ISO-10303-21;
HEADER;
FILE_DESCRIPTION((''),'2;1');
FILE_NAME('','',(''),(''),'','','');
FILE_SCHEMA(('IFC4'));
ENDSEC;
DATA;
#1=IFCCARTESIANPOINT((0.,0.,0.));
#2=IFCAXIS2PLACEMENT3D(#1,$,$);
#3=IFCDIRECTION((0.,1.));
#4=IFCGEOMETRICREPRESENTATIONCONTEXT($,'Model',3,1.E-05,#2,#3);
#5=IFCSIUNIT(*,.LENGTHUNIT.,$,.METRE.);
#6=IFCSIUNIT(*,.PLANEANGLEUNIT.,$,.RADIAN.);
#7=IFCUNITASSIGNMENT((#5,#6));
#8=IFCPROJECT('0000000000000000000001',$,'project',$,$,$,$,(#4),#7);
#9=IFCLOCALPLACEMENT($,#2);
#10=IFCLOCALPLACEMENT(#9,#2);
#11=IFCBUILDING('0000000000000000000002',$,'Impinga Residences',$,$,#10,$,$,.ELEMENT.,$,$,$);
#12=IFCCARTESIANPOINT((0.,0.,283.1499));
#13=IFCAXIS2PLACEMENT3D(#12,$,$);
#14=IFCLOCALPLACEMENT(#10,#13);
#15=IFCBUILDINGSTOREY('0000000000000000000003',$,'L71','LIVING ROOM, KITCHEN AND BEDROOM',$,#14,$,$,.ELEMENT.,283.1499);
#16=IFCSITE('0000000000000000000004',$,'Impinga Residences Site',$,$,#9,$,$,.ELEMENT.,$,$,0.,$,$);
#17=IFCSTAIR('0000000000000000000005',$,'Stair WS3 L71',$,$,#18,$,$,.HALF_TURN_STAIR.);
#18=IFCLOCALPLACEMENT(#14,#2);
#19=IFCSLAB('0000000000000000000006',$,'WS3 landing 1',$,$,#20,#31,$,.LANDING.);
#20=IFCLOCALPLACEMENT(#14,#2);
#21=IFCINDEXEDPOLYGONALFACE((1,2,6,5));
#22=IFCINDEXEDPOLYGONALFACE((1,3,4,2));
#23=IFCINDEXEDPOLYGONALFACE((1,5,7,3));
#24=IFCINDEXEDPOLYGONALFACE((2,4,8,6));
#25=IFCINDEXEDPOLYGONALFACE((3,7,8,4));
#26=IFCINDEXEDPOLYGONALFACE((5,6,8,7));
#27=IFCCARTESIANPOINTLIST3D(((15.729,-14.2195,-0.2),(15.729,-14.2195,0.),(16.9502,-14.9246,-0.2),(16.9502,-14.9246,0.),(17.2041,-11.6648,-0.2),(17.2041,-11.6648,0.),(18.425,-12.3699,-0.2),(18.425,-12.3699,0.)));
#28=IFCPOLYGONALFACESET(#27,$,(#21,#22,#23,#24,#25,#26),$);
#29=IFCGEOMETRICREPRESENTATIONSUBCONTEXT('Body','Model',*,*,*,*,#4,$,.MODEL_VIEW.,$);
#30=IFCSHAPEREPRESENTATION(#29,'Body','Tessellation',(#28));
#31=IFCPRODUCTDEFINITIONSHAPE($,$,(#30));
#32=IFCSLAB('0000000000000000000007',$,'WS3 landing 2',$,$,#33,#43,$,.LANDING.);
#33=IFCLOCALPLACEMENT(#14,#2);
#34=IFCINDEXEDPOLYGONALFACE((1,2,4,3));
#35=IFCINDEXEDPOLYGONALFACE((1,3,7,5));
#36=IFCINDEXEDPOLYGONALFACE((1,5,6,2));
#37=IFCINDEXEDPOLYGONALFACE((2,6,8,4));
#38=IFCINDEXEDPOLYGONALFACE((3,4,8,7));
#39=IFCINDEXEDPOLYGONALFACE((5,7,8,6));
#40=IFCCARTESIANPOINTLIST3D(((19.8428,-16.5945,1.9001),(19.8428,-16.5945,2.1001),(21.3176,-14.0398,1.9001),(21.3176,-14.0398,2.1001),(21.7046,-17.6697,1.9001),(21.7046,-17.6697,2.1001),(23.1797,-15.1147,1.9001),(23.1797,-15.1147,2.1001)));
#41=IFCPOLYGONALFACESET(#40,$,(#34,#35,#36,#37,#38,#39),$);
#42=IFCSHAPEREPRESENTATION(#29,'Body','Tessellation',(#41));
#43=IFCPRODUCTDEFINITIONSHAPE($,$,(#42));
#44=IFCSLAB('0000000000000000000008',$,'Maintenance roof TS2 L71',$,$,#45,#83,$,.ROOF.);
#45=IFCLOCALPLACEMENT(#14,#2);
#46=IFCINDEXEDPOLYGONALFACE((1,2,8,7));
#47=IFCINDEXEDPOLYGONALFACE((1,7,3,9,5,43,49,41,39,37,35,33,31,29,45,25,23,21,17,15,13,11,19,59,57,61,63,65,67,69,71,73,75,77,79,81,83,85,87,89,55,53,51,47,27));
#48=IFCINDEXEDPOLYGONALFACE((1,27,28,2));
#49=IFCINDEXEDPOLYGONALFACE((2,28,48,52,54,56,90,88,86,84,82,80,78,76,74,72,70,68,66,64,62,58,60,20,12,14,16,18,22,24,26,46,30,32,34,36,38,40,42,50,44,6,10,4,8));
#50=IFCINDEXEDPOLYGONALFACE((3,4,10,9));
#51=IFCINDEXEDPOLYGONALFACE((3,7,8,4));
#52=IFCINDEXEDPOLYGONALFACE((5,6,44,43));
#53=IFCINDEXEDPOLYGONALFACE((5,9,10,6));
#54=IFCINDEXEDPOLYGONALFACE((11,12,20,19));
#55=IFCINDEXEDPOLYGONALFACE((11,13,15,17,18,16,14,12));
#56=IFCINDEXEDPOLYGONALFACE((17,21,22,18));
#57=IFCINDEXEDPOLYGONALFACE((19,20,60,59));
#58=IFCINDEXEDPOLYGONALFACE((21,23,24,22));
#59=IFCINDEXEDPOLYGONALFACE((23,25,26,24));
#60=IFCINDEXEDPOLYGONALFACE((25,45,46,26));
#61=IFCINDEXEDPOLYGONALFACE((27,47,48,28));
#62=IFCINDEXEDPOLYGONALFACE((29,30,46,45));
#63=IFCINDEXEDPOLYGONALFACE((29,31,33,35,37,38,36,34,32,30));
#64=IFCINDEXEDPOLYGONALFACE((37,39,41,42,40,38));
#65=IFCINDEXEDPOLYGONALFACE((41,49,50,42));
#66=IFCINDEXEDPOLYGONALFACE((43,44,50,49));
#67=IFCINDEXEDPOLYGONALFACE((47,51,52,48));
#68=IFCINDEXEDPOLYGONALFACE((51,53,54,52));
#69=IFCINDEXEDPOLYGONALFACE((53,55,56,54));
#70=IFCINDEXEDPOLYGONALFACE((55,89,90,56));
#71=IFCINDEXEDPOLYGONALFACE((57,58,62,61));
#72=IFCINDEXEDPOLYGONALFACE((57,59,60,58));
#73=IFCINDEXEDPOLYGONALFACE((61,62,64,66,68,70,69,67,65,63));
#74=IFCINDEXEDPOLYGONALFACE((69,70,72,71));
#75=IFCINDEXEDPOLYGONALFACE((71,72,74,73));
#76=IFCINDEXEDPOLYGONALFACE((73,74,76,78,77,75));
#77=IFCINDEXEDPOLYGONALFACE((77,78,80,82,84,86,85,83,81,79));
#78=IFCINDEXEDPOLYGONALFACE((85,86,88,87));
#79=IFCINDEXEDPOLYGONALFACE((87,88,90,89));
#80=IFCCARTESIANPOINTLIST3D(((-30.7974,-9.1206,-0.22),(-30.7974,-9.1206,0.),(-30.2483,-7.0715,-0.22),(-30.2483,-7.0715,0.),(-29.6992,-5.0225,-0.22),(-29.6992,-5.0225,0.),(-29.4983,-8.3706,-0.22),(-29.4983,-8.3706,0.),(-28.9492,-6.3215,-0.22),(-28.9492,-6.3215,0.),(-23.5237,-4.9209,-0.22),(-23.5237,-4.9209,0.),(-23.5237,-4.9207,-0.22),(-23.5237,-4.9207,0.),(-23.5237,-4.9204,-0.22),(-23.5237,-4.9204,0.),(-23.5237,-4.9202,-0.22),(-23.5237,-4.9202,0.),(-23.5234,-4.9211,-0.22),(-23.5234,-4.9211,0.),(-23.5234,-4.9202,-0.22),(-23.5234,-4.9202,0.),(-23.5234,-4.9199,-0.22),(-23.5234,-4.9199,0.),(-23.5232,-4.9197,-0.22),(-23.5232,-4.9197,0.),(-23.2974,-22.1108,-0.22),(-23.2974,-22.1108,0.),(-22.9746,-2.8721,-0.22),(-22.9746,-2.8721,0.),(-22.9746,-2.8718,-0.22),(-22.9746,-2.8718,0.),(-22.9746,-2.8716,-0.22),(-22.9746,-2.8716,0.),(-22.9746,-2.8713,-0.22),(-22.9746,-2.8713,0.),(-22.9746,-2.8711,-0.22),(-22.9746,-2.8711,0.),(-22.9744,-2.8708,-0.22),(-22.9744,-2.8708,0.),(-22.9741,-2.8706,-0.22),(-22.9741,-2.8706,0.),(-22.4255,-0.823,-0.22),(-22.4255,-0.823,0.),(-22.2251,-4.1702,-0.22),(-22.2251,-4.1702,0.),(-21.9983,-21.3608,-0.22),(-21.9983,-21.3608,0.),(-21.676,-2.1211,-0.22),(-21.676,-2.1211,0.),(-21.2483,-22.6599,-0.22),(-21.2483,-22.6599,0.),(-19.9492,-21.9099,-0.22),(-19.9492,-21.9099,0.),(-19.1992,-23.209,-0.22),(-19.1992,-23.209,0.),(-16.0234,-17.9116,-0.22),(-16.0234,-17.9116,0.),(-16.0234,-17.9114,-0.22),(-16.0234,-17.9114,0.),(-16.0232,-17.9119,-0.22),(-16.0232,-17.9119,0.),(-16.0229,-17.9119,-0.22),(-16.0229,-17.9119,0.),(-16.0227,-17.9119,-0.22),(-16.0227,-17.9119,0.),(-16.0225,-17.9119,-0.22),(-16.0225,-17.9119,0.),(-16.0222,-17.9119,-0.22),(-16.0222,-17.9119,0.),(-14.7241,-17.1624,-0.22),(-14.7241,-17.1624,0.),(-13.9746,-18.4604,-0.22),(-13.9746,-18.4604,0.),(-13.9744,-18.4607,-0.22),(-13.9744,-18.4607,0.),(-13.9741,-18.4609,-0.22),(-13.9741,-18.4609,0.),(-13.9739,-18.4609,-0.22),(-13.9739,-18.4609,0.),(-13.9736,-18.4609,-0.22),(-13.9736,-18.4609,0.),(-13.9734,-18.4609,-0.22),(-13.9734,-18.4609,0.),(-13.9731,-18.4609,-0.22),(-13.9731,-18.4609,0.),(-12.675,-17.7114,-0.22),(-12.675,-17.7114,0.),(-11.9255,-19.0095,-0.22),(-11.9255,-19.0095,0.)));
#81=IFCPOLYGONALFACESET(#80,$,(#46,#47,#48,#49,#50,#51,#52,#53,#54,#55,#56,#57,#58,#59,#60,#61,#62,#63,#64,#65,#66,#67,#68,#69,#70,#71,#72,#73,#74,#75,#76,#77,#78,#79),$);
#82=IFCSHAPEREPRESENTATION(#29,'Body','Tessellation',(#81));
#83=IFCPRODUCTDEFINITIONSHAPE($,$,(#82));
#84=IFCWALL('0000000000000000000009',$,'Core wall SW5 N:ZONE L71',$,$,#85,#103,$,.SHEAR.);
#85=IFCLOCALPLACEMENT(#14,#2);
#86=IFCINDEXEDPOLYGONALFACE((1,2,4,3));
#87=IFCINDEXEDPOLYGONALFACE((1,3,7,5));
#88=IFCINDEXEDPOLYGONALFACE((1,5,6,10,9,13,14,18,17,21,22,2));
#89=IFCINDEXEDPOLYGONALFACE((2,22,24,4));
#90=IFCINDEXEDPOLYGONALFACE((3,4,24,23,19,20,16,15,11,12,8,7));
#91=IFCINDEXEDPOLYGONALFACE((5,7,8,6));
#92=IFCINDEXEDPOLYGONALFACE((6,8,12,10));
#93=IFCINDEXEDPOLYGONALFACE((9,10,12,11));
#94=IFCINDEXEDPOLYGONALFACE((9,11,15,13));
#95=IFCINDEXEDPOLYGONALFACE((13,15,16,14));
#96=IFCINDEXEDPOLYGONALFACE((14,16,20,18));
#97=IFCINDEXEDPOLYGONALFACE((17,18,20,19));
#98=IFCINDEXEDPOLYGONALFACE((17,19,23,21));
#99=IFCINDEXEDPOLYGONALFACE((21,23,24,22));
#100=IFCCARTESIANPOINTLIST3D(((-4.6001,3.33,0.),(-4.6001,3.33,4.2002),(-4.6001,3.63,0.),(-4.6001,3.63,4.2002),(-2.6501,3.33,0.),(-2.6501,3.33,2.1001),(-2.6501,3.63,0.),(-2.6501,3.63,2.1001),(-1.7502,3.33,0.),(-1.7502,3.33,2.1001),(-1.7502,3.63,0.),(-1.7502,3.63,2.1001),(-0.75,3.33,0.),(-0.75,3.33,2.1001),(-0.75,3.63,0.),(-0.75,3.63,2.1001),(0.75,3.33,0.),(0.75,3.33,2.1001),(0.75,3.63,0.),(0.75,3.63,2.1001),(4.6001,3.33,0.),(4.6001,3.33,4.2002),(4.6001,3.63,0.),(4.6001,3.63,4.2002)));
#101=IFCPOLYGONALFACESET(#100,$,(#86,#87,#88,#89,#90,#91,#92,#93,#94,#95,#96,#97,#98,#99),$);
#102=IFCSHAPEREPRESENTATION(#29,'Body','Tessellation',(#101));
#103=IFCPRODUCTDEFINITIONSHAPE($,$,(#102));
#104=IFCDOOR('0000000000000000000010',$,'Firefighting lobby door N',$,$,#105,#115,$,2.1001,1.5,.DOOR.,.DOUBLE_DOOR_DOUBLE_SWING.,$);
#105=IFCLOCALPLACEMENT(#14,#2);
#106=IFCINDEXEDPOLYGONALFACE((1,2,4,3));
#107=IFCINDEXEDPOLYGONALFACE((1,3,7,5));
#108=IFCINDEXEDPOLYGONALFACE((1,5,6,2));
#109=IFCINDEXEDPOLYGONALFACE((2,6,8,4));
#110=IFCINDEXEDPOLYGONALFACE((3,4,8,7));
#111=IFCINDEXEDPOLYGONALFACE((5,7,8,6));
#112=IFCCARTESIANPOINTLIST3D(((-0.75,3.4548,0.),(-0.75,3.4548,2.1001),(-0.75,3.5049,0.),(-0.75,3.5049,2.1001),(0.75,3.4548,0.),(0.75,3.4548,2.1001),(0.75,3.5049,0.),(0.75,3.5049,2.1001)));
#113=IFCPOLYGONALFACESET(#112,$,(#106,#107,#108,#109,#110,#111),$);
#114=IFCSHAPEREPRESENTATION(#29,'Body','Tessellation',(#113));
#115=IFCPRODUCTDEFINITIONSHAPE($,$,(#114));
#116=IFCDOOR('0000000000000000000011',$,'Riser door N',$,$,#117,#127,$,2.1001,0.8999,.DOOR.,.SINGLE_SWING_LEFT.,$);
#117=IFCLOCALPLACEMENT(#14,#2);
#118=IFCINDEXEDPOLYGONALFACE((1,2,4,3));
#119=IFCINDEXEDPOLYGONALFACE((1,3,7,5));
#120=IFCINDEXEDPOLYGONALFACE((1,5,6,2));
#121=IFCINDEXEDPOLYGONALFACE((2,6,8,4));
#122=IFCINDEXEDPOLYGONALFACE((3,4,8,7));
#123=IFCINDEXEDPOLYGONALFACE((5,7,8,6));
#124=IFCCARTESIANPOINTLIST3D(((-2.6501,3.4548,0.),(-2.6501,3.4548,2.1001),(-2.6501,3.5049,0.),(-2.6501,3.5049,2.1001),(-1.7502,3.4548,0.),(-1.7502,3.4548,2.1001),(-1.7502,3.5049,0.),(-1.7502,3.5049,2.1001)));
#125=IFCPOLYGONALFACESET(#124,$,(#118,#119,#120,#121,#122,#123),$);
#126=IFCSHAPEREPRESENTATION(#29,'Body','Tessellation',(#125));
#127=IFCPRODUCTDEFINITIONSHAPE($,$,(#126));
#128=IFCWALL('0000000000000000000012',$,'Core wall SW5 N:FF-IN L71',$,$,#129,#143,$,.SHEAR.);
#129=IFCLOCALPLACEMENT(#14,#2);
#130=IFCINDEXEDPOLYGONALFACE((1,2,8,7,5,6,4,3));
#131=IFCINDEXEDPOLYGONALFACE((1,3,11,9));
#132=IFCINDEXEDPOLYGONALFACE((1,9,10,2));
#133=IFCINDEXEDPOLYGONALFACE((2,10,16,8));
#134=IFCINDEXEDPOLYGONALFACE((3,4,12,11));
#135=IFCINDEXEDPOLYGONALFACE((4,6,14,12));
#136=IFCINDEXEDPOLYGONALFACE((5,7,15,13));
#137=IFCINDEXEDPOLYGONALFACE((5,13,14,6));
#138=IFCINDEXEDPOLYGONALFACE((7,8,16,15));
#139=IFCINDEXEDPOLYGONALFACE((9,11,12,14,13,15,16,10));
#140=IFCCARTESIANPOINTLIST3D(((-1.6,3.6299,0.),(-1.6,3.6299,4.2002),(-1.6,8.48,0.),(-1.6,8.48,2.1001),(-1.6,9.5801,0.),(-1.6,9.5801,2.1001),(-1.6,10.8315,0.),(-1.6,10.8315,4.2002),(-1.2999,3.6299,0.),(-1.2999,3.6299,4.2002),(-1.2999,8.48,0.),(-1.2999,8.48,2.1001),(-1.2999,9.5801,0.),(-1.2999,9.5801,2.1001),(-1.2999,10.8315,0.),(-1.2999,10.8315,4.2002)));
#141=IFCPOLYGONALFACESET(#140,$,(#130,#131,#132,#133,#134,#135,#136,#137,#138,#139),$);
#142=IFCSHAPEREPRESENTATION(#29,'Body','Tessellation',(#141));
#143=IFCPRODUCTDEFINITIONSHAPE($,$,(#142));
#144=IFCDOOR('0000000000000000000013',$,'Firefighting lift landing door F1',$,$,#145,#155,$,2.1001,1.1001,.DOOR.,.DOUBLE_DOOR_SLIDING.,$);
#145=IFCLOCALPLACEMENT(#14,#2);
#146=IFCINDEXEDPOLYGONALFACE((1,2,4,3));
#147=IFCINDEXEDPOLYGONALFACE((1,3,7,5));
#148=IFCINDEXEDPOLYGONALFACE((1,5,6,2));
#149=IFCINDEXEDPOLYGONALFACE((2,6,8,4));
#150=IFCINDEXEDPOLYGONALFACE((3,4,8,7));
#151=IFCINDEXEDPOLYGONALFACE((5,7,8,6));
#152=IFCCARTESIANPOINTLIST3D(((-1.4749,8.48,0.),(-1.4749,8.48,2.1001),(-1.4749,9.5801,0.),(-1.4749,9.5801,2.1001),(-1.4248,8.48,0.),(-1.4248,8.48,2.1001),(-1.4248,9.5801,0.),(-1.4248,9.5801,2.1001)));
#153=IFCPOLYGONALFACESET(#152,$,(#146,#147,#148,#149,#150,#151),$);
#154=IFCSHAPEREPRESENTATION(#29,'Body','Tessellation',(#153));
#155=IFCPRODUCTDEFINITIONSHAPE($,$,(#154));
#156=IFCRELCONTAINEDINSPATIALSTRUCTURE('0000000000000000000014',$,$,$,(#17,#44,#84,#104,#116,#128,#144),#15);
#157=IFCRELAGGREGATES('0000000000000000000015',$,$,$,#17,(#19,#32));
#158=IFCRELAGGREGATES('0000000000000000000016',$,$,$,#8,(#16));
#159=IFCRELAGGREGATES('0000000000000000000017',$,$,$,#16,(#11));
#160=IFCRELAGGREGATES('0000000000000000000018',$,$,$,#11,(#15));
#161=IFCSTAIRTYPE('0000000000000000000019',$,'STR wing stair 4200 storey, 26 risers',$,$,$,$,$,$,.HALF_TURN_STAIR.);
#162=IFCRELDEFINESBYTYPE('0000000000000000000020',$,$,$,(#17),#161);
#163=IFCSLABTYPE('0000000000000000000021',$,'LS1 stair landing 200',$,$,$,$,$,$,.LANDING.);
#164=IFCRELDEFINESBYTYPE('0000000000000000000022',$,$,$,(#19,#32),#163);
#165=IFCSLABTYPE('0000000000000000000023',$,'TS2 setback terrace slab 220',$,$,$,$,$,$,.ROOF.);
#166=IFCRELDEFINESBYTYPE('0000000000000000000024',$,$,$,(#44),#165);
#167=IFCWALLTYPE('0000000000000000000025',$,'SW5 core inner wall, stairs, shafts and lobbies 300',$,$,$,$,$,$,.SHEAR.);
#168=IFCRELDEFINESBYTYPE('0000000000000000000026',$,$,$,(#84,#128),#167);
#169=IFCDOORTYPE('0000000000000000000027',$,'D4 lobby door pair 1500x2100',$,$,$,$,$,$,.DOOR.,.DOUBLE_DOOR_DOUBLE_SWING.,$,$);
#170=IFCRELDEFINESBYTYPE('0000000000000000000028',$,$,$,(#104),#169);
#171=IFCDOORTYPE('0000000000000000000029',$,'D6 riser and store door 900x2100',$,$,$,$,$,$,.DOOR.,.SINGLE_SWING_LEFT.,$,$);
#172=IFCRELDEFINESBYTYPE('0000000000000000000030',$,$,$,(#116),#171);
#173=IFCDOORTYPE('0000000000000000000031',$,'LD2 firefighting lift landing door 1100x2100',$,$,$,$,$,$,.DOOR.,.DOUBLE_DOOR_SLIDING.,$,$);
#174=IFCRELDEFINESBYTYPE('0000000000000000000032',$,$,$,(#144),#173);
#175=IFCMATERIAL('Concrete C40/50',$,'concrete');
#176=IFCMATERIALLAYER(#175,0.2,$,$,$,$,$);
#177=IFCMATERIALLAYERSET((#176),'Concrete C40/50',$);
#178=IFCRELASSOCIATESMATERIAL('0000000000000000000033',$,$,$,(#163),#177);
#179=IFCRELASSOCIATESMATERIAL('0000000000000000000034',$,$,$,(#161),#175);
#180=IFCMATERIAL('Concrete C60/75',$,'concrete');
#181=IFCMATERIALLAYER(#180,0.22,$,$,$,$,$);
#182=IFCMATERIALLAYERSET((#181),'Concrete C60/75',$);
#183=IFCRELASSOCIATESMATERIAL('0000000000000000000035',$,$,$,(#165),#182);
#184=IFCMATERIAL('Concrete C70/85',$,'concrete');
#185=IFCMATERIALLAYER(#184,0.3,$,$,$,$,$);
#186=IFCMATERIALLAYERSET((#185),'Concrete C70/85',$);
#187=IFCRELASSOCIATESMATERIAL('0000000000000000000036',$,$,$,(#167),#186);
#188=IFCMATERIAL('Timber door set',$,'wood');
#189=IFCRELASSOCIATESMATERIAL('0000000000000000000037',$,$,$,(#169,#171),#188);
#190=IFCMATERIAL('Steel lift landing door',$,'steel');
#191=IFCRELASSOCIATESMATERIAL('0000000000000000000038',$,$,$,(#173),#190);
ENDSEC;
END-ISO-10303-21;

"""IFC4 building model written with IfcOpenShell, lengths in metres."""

from ifc_helpers import new_model, si_unit, direction, frame, frame_2d, origin, place, context, subcontext, project, spatial, polyline, rectangle, outline, extrude, material, layer, layer_set, type_object, element, fill, aggregate, save


model = new_model("IFC4")

# Units and contexts
model_context = context("Model", 3, precision=1e-05, world=origin(), true_north=direction((0.0, 1.0)))
body_context = subcontext(model_context, "Body", "Model", "MODEL_VIEW")
ifc_project = project(units=[si_unit("LENGTHUNIT", "METRE"), si_unit("PLANEANGLEUNIT", "RADIAN")], contexts=[model_context])

# Site, building, storey
site_placement = place(None, origin())
site = spatial("IfcSite", under=ifc_project, at=site_placement, Name="Impinga Residences Site", CompositionType="ELEMENT", RefElevation=0.0)
building_placement = place(site_placement, origin())
building = spatial("IfcBuilding", under=site, at=building_placement, Name="Impinga Residences", CompositionType="ELEMENT")
storey_placement = place(building_placement, frame((0.0, 0.0, 283.1499)))
storey = spatial("IfcBuildingStorey", under=building, at=storey_placement, Name="L71", Description="LIVING ROOM, KITCHEN AND BEDROOM", CompositionType="ELEMENT", Elevation=283.1499)

# Shared definitions
ifc_material_1 = material(Name="Concrete C60/75", Category="concrete")

# Stair, slabs
ifc_material_2 = material(Name="Concrete C40/50", Category="concrete")
ifc_layer_1 = layer(ifc_material_2, 0.2)
ifc_layer_set_1 = layer_set([ifc_layer_1], Name="Concrete C40/50")
slab_type_1 = type_object("IfcSlabType", Name="LS1 stair landing 200", PredefinedType="LANDING", material=ifc_layer_set_1)
stair_type_1 = type_object("IfcStairType", Name="STR wing stair 4200 storey, 26 risers", PredefinedType="HALF_TURN_STAIR", material=ifc_material_2)
stair_1_placement = place(storey_placement, origin())
stair_1 = element("IfcStair", 1, at=stair_1_placement, inside=storey, type_object=stair_type_1, Name="Stair WS3 L71", PredefinedType="HALF_TURN_STAIR")
slab_1_placement = place(storey_placement, frame((0.0, 0.0, -0.2)))
slab_1 = element("IfcSlab", 2, at=slab_1_placement, type_object=slab_type_1, Name="WS3 landing 1", PredefinedType="LANDING", context=body_context, shape_type="SweptSolid", body=[
    extrude(outline(polyline([(17.2041, -11.6648), (15.729, -14.2195), (16.9502, -14.9246), (18.425, -12.3699), (17.2041, -11.6648)])), origin(), (0.0, 0.0, 1.0), 0.2),
])
slab_2_placement = place(storey_placement, frame((0.0, 0.0, 1.9001)))
slab_2 = element("IfcSlab", 3, at=slab_2_placement, type_object=slab_type_1, Name="WS3 landing 2", PredefinedType="LANDING", context=body_context, shape_type="SweptSolid", body=[
    extrude(outline(polyline([(21.3176, -14.0398), (19.8428, -16.5945), (21.7046, -17.6697), (23.1797, -15.1147), (21.3176, -14.0398)])), origin(), (0.0, 0.0, 1.0), 0.2),
])
aggregate(stair_1, [slab_1, slab_2])

# Slab
ifc_layer_2 = layer(ifc_material_1, 0.22)
ifc_layer_set_2 = layer_set([ifc_layer_2], Name="Concrete C60/75")
slab_type_2 = type_object("IfcSlabType", Name="TS2 setback terrace slab 220", PredefinedType="ROOF", material=ifc_layer_set_2)
slab_3_placement = place(storey_placement, frame((0.0, 0.0, -0.22)))
element("IfcSlab", 4, at=slab_3_placement, inside=storey, type_object=slab_type_2, Name="Maintenance roof TS2 L71", PredefinedType="ROOF", context=body_context, shape_type="SweptSolid", body=[
    extrude(outline(polyline([(-19.9492, -21.9099), (-21.2483, -22.6599), (-21.9983, -21.3608), (-23.2974, -22.1108), (-30.7974, -9.1206), (-29.4983, -8.3706), (-30.2483, -7.0715), (-28.9492, -6.3215), (-29.6992, -5.0225), (-22.4255, -0.823), (-21.676, -2.1211), (-22.9741, -2.8706), (-22.9741, -2.8706), (-22.9744, -2.8708), (-22.9744, -2.8708), (-22.9744, -2.8708), (-22.9746, -2.8711), (-22.9746, -2.8711), (-22.9746, -2.8711), (-22.9746, -2.8713), (-22.9746, -2.8713), (-22.9746, -2.8716), (-22.9746, -2.8716), (-22.9746, -2.8716), (-22.9746, -2.8718), (-22.9746, -2.8718), (-22.9746, -2.8721), (-22.9746, -2.8721), (-22.2251, -4.1702), (-23.5232, -4.9197), (-23.5232, -4.9197), (-23.5234, -4.9199), (-23.5234, -4.9199), (-23.5234, -4.9199), (-23.5234, -4.9202), (-23.5237, -4.9202), (-23.5237, -4.9202), (-23.5237, -4.9204), (-23.5237, -4.9204), (-23.5237, -4.9204), (-23.5237, -4.9207), (-23.5237, -4.9207), (-23.5237, -4.9209), (-23.5237, -4.9209), (-23.5237, -4.9209), (-23.5234, -4.9211), (-16.0234, -17.9114), (-16.0234, -17.9116), (-16.0234, -17.9116), (-16.0234, -17.9116), (-16.0232, -17.9119), (-16.0232, -17.9119), (-16.0232, -17.9119), (-16.0229, -17.9119), (-16.0229, -17.9119), (-16.0229, -17.9119), (-16.0227, -17.9119), (-16.0227, -17.9119), (-16.0225, -17.9119), (-16.0225, -17.9119), (-16.0225, -17.9119), (-16.0222, -17.9119), (-16.0222, -17.9119), (-14.7241, -17.1624), (-13.9746, -18.4604), (-13.9744, -18.4607), (-13.9744, -18.4607), (-13.9744, -18.4607), (-13.9744, -18.4607), (-13.9741, -18.4609), (-13.9741, -18.4609), (-13.9741, -18.4609), (-13.9739, -18.4609), (-13.9739, -18.4609), (-13.9736, -18.4609), (-13.9736, -18.4609), (-13.9736, -18.4609), (-13.9734, -18.4609), (-13.9734, -18.4609), (-13.9731, -18.4609), (-13.9731, -18.4609), (-12.675, -17.7114), (-11.9255, -19.0095), (-11.9255, -19.0095), (-19.1992, -23.209), (-19.9492, -21.9099)])), origin(), (0.0, 0.0, 1.0), 0.22),
])

# Wall, openings, doors
ifc_material_3 = material(Name="Concrete C70/85", Category="concrete")
ifc_layer_3 = layer(ifc_material_3, 0.3)
ifc_layer_set_3 = layer_set([ifc_layer_3], Name="Concrete C70/85")
wall_type = type_object("IfcWallType", Name="SW5 core inner wall, stairs, shafts and lobbies 300", PredefinedType="SHEAR", material=ifc_layer_set_3)
wall_1_placement = place(storey_placement, frame((-4.6001, 3.48, 0.0), z_axis=(0.0, 0.0, 1.0), x_axis=(1.0, 0.0, 0.0)))
wall_1 = element("IfcWall", 5, at=wall_1_placement, inside=storey, type_object=wall_type, Name="Core wall SW5 N:ZONE L71", PredefinedType="SHEAR", context=body_context, shape_type="SweptSolid", body=[
    extrude(rectangle(XDim=9.2002, YDim=0.3, at=frame_2d((4.6001, 0.0))), origin(), (0.0, 0.0, 1.0), 4.2002),
])
opening_1_placement = place(wall_1_placement, frame((3.8501, 0.0, 0.0)))
opening_1 = element("IfcOpeningElement", 6, at=opening_1_placement, cuts=wall_1, PredefinedType="OPENING", context=body_context, shape_type="SweptSolid", body=[
    extrude(rectangle(XDim=1.5, YDim=2.1001, at=frame_2d((0.75, 1.05))), frame((0.0, 0.1599, 0.0), z_axis=(0.0, -1.0, 0.0), x_axis=(1.0, 0.0, 0.0)), (0.0, 0.0, 1.0), 0.3201),
])
opening_2_placement = place(wall_1_placement, frame((1.95, 0.0, 0.0)))
opening_2 = element("IfcOpeningElement", 7, at=opening_2_placement, cuts=wall_1, PredefinedType="OPENING", context=body_context, shape_type="SweptSolid", body=[
    extrude(rectangle(XDim=0.8999, YDim=2.1001, at=frame_2d((0.45, 1.05))), frame((0.0, 0.1599, 0.0), z_axis=(0.0, -1.0, 0.0), x_axis=(1.0, 0.0, 0.0)), (0.0, 0.0, 1.0), 0.3201),
])
ifc_material_4 = material(Name="Timber door set", Category="wood")
door_type_1 = type_object("IfcDoorType", Name="D4 lobby door pair 1500x2100", OperationType="DOUBLE_DOOR_DOUBLE_SWING", PredefinedType="DOOR", material=ifc_material_4)
door_1_placement = place(opening_1_placement, origin())
door_1 = element("IfcDoor", 8, at=door_1_placement, inside=storey, type_object=door_type_1, Name="Firefighting lobby door N", OperationType="DOUBLE_DOOR_DOUBLE_SWING", OverallHeight=2.1001, OverallWidth=1.5, PredefinedType="DOOR", context=body_context, shape_type="SweptSolid", body=[
    extrude(rectangle(XDim=1.5, YDim=2.1001, at=frame_2d((0.75, 1.05))), frame((0.0, 0.0249, 0.0), z_axis=(0.0, -1.0, 0.0), x_axis=(1.0, 0.0, 0.0)), (0.0, 0.0, 1.0), 0.05),
])
fill(opening_1, door_1)
door_type_2 = type_object("IfcDoorType", Name="D6 riser and store door 900x2100", OperationType="SINGLE_SWING_LEFT", PredefinedType="DOOR", material=ifc_material_4)
door_2_placement = place(opening_2_placement, origin())
door_2 = element("IfcDoor", 9, at=door_2_placement, inside=storey, type_object=door_type_2, Name="Riser door N", OperationType="SINGLE_SWING_LEFT", OverallHeight=2.1001, OverallWidth=0.8999, PredefinedType="DOOR", context=body_context, shape_type="SweptSolid", body=[
    extrude(rectangle(XDim=0.8999, YDim=2.1001, at=frame_2d((0.45, 1.05))), frame((0.0, 0.0249, 0.0), z_axis=(0.0, -1.0, 0.0), x_axis=(1.0, 0.0, 0.0)), (0.0, 0.0, 1.0), 0.05),
])
fill(opening_2, door_2)

# Wall, opening, door
wall_2_placement = place(storey_placement, frame((-1.45, 3.6299, 0.0), z_axis=(0.0, 0.0, 1.0), x_axis=(0.0, 1.0, 0.0)))
wall_2 = element("IfcWall", 10, at=wall_2_placement, inside=storey, type_object=wall_type, Name="Core wall SW5 N:FF-IN L71", PredefinedType="SHEAR", context=body_context, shape_type="SweptSolid", body=[
    extrude(rectangle(XDim=7.2017, YDim=0.3, at=frame_2d((3.6008, 0.0))), origin(), (0.0, 0.0, 1.0), 4.2002),
])
opening_3_placement = place(wall_2_placement, frame((4.8501, 0.0, 0.0)))
opening_3 = element("IfcOpeningElement", 11, at=opening_3_placement, cuts=wall_2, PredefinedType="OPENING", context=body_context, shape_type="SweptSolid", body=[
    extrude(rectangle(XDim=1.1001, YDim=2.1001, at=frame_2d((0.55, 1.05))), frame((0.0, 0.1599, 0.0), z_axis=(0.0, -1.0, 0.0), x_axis=(1.0, 0.0, 0.0)), (0.0, 0.0, 1.0), 0.3201),
])
ifc_material_5 = material(Name="Steel lift landing door", Category="steel")
door_type_3 = type_object("IfcDoorType", Name="LD2 firefighting lift landing door 1100x2100", OperationType="DOUBLE_DOOR_SLIDING", PredefinedType="DOOR", material=ifc_material_5)
door_3_placement = place(opening_3_placement, origin())
door_3 = element("IfcDoor", 12, at=door_3_placement, inside=storey, type_object=door_type_3, Name="Firefighting lift landing door F1", OperationType="DOUBLE_DOOR_SLIDING", OverallHeight=2.1001, OverallWidth=1.1001, PredefinedType="DOOR", context=body_context, shape_type="SweptSolid", body=[
    extrude(rectangle(XDim=1.1001, YDim=2.1001, at=frame_2d((0.55, 1.05))), frame((0.0, 0.0249, 0.0), z_axis=(0.0, -1.0, 0.0), x_axis=(1.0, 0.0, 0.0)), (0.0, 0.0, 1.0), 0.05),
])
fill(opening_3, door_3)

save(model, "model.ifc")
